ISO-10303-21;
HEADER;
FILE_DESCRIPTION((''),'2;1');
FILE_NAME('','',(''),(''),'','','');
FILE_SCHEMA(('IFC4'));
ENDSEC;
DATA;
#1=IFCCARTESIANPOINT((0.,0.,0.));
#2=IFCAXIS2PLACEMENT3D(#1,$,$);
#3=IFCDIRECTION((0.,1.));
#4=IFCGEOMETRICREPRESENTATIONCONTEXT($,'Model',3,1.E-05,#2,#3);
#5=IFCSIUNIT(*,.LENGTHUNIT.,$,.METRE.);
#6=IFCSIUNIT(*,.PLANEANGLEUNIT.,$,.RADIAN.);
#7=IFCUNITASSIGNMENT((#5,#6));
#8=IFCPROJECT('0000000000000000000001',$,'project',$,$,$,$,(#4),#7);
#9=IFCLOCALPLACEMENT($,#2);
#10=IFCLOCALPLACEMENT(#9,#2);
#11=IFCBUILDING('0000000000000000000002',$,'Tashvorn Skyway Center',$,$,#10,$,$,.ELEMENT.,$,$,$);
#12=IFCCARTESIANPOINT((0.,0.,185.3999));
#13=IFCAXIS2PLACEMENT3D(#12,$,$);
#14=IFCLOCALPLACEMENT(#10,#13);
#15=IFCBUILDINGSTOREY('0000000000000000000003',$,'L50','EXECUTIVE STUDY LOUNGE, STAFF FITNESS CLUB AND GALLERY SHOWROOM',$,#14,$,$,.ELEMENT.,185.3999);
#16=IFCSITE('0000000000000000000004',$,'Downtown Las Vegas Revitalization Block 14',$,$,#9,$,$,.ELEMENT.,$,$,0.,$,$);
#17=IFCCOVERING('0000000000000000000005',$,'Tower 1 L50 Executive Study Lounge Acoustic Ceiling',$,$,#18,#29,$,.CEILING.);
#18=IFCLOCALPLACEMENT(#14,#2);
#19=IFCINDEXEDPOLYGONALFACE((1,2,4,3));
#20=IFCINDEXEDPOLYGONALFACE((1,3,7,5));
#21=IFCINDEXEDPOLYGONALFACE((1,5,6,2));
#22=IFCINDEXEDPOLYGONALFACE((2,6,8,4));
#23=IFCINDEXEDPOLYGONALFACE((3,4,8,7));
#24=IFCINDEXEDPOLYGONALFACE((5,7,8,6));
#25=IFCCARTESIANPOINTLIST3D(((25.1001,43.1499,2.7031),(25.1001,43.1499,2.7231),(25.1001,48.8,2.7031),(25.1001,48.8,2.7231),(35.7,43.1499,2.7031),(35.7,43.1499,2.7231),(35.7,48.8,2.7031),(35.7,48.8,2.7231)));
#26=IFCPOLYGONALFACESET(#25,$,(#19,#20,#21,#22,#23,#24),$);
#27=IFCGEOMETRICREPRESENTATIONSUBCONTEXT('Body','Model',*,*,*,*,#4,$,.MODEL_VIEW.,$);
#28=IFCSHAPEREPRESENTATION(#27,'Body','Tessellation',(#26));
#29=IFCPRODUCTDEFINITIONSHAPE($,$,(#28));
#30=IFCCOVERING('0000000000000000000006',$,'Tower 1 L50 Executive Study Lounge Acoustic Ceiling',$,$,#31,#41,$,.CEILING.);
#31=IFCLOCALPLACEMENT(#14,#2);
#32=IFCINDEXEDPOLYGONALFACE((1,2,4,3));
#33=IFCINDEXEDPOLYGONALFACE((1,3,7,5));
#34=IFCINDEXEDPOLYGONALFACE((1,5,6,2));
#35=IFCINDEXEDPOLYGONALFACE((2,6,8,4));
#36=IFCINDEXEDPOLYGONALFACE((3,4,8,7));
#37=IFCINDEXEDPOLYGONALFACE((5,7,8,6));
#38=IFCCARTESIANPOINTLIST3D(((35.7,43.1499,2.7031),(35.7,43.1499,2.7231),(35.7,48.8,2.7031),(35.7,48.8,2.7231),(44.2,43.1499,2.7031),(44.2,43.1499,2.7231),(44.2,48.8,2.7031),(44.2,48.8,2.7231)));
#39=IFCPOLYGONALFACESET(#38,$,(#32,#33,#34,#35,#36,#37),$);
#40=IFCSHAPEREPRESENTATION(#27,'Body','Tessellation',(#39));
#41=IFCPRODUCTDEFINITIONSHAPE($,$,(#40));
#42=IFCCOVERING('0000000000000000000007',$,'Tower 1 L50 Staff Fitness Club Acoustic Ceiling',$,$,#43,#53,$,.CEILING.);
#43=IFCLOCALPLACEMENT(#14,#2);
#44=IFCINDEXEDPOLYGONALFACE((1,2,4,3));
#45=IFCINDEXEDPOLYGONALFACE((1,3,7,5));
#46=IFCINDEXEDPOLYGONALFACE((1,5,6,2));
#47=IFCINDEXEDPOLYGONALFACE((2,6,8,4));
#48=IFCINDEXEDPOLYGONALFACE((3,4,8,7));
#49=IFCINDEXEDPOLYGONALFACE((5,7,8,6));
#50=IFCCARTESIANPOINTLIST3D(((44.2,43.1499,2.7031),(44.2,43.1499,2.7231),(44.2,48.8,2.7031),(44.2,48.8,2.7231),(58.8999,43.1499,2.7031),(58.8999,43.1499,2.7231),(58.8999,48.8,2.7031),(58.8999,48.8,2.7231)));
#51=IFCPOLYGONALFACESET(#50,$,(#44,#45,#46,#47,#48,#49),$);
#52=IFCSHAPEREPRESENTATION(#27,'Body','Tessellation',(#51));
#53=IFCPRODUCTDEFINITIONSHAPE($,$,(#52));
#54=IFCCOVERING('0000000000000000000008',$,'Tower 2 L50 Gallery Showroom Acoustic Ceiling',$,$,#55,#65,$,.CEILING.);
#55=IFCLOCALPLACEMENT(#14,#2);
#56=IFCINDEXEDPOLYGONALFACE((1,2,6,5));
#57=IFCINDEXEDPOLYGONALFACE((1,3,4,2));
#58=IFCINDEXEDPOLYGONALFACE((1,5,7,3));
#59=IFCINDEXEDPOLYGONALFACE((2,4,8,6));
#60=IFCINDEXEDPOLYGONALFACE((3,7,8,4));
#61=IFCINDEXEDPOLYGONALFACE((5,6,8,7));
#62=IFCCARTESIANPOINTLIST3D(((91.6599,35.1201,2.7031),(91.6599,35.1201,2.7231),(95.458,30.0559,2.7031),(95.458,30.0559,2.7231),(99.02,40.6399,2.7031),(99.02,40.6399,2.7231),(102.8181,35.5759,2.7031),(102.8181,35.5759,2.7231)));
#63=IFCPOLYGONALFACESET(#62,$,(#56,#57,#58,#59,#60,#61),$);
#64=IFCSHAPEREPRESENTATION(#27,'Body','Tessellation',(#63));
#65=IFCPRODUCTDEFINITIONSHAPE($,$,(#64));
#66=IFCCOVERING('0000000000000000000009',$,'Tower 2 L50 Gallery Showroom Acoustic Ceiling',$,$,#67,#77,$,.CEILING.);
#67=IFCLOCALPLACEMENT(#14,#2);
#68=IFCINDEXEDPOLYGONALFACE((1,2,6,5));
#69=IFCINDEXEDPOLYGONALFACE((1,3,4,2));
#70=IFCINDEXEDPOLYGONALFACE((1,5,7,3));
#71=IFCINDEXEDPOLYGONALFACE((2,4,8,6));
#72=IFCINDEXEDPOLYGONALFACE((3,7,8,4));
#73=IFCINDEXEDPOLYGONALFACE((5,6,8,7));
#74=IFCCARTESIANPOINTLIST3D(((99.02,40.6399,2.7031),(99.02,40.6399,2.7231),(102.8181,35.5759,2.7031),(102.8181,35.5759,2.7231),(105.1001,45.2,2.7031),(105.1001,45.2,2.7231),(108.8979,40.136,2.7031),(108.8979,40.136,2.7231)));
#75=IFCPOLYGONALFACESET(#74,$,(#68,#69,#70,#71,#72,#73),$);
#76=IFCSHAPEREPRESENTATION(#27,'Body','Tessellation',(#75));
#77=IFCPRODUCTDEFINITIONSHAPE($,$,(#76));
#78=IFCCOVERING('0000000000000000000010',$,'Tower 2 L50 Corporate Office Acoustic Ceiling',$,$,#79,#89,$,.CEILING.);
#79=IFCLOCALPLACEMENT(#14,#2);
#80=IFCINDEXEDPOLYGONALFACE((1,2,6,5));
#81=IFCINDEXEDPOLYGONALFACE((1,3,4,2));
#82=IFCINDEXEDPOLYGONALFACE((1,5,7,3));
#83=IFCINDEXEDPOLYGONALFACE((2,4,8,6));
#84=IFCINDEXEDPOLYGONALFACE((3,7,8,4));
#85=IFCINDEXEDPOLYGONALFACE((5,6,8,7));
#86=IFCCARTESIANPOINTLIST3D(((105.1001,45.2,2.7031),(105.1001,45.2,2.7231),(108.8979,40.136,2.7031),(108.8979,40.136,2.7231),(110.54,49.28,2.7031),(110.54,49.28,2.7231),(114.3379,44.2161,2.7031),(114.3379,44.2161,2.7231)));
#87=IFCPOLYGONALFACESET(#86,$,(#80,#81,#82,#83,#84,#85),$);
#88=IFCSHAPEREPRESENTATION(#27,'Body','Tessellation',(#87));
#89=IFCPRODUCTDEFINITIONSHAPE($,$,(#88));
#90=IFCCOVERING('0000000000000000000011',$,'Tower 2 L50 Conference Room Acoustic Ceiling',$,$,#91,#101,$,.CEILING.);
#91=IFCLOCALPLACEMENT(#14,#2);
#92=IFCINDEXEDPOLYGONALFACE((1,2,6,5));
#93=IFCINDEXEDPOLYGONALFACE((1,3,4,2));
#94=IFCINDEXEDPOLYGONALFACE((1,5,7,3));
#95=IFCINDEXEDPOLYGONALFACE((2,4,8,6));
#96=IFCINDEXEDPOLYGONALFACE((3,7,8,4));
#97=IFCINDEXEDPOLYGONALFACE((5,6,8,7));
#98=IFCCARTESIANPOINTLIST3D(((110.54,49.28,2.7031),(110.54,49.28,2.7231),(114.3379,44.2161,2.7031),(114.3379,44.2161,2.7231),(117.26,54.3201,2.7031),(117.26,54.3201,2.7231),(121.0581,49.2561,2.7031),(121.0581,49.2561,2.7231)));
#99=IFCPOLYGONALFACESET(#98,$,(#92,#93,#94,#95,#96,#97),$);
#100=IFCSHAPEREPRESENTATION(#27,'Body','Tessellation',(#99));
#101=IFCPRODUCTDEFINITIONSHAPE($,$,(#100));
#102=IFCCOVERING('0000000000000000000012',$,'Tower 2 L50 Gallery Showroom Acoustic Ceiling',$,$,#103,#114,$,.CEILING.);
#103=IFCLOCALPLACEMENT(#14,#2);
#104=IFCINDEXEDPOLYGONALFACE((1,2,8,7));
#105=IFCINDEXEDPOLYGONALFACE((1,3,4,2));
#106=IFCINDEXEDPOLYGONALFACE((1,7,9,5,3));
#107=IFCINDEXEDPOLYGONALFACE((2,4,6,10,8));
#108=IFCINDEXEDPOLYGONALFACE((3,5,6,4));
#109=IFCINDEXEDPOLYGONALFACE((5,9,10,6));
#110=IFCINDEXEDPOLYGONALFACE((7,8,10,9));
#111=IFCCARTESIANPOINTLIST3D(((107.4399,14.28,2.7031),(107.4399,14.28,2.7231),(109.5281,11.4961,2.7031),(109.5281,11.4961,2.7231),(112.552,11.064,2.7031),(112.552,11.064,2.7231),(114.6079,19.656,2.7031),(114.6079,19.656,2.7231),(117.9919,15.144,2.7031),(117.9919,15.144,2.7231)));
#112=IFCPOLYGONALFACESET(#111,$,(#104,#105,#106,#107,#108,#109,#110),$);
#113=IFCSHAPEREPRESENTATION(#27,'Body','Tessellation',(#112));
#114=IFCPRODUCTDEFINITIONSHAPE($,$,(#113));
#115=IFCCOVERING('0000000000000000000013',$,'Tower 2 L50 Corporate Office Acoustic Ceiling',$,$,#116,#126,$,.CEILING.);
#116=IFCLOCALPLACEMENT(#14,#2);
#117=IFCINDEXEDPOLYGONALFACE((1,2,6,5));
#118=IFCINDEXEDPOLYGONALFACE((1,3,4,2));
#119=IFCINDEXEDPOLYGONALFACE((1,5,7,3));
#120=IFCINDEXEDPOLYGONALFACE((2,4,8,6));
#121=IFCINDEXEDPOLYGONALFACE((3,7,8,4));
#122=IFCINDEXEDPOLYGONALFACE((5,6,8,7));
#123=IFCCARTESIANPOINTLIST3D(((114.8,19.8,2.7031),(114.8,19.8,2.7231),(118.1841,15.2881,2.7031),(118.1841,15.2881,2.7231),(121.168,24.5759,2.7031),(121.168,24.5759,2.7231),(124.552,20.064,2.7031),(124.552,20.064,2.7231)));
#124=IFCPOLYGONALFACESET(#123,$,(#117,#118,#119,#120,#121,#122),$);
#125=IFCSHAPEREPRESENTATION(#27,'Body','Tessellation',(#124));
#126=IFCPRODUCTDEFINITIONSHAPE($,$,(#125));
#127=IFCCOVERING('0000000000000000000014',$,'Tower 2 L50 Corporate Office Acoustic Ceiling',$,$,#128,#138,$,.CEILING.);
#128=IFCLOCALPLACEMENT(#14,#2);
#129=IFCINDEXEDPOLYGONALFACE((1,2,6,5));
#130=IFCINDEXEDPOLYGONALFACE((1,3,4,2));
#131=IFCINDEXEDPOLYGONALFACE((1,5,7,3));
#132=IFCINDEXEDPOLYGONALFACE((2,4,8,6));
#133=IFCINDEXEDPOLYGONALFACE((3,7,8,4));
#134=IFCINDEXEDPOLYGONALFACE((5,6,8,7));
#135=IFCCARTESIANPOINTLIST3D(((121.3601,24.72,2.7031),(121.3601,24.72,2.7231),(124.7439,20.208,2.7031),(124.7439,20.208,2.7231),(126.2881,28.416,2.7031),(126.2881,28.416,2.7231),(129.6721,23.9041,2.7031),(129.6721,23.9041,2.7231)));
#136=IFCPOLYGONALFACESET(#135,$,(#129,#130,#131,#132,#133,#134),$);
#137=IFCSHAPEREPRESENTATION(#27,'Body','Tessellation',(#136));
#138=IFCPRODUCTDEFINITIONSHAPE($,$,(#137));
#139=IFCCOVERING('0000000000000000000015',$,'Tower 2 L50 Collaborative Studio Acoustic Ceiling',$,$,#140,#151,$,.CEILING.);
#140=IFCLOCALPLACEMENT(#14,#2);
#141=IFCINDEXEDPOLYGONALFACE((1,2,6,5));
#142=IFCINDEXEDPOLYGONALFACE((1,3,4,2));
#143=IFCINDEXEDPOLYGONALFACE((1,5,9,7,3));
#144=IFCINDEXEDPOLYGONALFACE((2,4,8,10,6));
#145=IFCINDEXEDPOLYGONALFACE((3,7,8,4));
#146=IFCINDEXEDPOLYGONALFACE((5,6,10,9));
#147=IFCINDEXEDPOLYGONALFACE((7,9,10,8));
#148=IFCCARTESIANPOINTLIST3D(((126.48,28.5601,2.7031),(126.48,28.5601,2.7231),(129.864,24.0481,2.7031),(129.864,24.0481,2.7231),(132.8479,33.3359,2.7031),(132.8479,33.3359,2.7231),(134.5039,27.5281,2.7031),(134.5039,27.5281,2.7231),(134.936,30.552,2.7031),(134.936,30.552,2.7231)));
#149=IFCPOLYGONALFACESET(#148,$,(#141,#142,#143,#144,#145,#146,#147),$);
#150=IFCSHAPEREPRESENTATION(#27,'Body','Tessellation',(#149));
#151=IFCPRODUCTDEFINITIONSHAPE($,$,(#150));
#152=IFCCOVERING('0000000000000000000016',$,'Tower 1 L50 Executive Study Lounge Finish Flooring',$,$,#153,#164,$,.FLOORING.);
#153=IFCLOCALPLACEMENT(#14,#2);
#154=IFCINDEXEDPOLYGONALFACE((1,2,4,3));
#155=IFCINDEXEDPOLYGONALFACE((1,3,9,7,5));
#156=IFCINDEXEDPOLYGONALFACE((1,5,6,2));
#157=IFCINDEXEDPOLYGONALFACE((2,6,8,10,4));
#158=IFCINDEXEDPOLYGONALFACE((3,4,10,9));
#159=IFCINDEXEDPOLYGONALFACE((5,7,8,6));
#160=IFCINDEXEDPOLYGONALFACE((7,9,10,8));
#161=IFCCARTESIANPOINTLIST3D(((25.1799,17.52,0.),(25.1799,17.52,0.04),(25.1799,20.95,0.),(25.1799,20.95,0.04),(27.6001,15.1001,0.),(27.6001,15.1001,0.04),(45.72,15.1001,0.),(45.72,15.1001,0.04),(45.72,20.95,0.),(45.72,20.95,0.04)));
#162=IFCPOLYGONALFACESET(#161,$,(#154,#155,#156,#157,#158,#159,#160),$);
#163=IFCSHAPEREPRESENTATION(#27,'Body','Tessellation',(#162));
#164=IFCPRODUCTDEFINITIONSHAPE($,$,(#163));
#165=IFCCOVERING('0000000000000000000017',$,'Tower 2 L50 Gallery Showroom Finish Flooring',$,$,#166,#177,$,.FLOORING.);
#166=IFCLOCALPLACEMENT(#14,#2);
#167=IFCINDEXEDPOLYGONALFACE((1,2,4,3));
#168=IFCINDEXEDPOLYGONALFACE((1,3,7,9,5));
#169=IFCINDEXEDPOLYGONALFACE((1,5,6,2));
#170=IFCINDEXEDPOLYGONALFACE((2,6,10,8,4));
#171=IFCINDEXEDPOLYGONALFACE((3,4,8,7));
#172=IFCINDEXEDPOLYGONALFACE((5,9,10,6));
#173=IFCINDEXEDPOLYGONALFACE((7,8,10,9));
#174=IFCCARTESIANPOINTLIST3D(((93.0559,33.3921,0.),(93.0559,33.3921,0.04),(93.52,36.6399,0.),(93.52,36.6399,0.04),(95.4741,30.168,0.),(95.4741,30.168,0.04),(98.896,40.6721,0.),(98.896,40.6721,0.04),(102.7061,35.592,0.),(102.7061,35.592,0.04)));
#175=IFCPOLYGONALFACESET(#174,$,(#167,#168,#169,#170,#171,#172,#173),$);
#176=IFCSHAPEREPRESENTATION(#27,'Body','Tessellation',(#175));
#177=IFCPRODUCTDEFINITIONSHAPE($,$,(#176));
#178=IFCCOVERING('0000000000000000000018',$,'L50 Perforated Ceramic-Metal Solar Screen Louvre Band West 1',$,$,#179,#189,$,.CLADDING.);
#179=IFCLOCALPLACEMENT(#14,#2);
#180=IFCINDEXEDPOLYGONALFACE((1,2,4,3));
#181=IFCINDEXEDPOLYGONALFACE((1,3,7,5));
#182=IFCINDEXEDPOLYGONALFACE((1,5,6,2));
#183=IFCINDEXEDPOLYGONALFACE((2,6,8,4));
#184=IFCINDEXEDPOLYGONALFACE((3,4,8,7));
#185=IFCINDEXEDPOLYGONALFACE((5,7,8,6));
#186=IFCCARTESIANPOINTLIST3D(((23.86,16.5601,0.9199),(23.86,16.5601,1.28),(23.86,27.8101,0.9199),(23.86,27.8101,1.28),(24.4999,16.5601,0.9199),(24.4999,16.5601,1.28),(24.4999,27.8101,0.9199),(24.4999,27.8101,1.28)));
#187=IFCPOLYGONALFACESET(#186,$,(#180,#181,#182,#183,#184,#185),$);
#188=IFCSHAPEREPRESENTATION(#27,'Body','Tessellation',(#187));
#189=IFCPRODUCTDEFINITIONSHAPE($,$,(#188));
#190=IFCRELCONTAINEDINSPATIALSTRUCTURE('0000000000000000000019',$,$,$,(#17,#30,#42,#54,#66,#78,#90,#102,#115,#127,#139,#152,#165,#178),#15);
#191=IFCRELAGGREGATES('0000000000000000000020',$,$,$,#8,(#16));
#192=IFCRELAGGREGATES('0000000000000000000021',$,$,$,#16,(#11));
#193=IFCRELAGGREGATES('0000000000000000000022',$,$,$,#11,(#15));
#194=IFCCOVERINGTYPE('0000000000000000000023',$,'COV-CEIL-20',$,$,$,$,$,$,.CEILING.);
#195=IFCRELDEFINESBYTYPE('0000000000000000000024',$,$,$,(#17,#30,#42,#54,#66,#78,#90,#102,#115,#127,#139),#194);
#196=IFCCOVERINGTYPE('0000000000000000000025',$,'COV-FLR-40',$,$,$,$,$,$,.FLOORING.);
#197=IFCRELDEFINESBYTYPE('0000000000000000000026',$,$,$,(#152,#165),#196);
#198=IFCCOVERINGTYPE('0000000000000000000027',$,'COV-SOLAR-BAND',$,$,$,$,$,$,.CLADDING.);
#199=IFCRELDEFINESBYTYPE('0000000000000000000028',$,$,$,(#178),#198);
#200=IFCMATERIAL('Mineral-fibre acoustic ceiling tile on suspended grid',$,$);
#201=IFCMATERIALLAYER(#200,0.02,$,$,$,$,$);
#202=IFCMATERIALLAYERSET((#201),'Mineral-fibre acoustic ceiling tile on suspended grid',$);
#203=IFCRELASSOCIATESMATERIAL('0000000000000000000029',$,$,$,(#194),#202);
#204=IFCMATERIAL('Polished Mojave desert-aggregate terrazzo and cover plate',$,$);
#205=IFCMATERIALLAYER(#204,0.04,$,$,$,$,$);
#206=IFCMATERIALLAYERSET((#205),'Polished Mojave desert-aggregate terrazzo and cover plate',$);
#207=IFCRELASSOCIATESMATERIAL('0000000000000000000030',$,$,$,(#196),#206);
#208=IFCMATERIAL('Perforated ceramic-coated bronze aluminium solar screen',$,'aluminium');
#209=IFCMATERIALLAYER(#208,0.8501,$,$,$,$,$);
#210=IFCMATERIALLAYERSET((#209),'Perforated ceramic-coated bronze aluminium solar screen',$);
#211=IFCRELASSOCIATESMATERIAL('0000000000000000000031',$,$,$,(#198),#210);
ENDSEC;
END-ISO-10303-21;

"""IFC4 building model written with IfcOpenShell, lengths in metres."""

from ifc_helpers import new_model, si_unit, direction, frame, origin, origin_2d, place, context, subcontext, project, spatial, polyline, rectangle, outline, extrude, material, layer, layer_set, type_object, element, save


model = new_model("IFC4")

# Units and contexts
model_context = context("Model", 3, precision=1e-05, world=origin(), true_north=direction((0.0, 1.0)))
body_context = subcontext(model_context, "Body", "Model", "MODEL_VIEW")
ifc_project = project(units=[si_unit("LENGTHUNIT", "METRE"), si_unit("PLANEANGLEUNIT", "RADIAN")], contexts=[model_context])

# Site, building, storey
site_placement = place(None, origin())
site = spatial("IfcSite", under=ifc_project, at=site_placement, Name="Downtown Las Vegas Revitalization Block 14", CompositionType="ELEMENT", RefElevation=0.0)
building_placement = place(site_placement, origin())
building = spatial("IfcBuilding", under=site, at=building_placement, Name="Tashvorn Skyway Center", CompositionType="ELEMENT")
storey_placement = place(building_placement, frame((0.0, 0.0, 185.3999)))
storey = spatial("IfcBuildingStorey", under=building, at=storey_placement, Name="L50", Description="EXECUTIVE STUDY LOUNGE, STAFF FITNESS CLUB AND GALLERY SHOWROOM", CompositionType="ELEMENT", Elevation=185.3999)

# Coverings
ifc_material_1 = material(Name="Mineral-fibre acoustic ceiling tile on suspended grid")
ifc_layer_1 = layer(ifc_material_1, 0.02)
ifc_layer_set_1 = layer_set([ifc_layer_1], Name="Mineral-fibre acoustic ceiling tile on suspended grid")
covering_type_1 = type_object("IfcCoveringType", Name="COV-CEIL-20", PredefinedType="CEILING", material=ifc_layer_set_1)
covering_1_placement = place(storey_placement, frame((0.0, 0.0, 2.7031)))
element("IfcCovering", 1, at=covering_1_placement, inside=storey, type_object=covering_type_1, Name="Tower 1 L50 Executive Study Lounge Acoustic Ceiling", PredefinedType="CEILING", context=body_context, shape_type="SweptSolid", body=[
    extrude(outline(polyline([(25.1001, 43.1499), (35.7, 43.1499), (35.7, 48.8), (25.1001, 48.8), (25.1001, 43.1499)])), origin(), (0.0, 0.0, 1.0), 0.02),
])
covering_2_placement = place(storey_placement, frame((0.0, 0.0, 2.7031)))
element("IfcCovering", 2, at=covering_2_placement, inside=storey, type_object=covering_type_1, Name="Tower 1 L50 Executive Study Lounge Acoustic Ceiling", PredefinedType="CEILING", context=body_context, shape_type="SweptSolid", body=[
    extrude(outline(polyline([(35.7, 43.1499), (44.2, 43.1499), (44.2, 48.8), (35.7, 48.8), (35.7, 43.1499)])), origin(), (0.0, 0.0, 1.0), 0.02),
])
covering_3_placement = place(storey_placement, frame((0.0, 0.0, 2.7031)))
element("IfcCovering", 3, at=covering_3_placement, inside=storey, type_object=covering_type_1, Name="Tower 1 L50 Staff Fitness Club Acoustic Ceiling", PredefinedType="CEILING", context=body_context, shape_type="SweptSolid", body=[
    extrude(outline(polyline([(44.2, 43.1499), (58.8999, 43.1499), (58.8999, 48.8), (44.2, 48.8), (44.2, 43.1499)])), origin(), (0.0, 0.0, 1.0), 0.02),
])
covering_4_placement = place(storey_placement, frame((0.0, 0.0, 2.7031)))
element("IfcCovering", 4, at=covering_4_placement, inside=storey, type_object=covering_type_1, Name="Tower 2 L50 Gallery Showroom Acoustic Ceiling", PredefinedType="CEILING", context=body_context, shape_type="SweptSolid", body=[
    extrude(outline(polyline([(95.458, 30.0559), (102.8181, 35.5759), (99.02, 40.6399), (91.6599, 35.1201), (95.458, 30.0559)])), origin(), (0.0, 0.0, 1.0), 0.02),
])
covering_5_placement = place(storey_placement, frame((0.0, 0.0, 2.7031)))
element("IfcCovering", 5, at=covering_5_placement, inside=storey, type_object=covering_type_1, Name="Tower 2 L50 Gallery Showroom Acoustic Ceiling", PredefinedType="CEILING", context=body_context, shape_type="SweptSolid", body=[
    extrude(outline(polyline([(102.8181, 35.5759), (108.8979, 40.136), (105.1001, 45.2), (99.02, 40.6399), (102.8181, 35.5759)])), origin(), (0.0, 0.0, 1.0), 0.02),
])
covering_6_placement = place(storey_placement, frame((0.0, 0.0, 2.7031)))
element("IfcCovering", 6, at=covering_6_placement, inside=storey, type_object=covering_type_1, Name="Tower 2 L50 Corporate Office Acoustic Ceiling", PredefinedType="CEILING", context=body_context, shape_type="SweptSolid", body=[
    extrude(outline(polyline([(108.8979, 40.136), (114.3379, 44.2161), (110.54, 49.28), (105.1001, 45.2), (108.8979, 40.136)])), origin(), (0.0, 0.0, 1.0), 0.02),
])
covering_7_placement = place(storey_placement, frame((0.0, 0.0, 2.7031)))
element("IfcCovering", 7, at=covering_7_placement, inside=storey, type_object=covering_type_1, Name="Tower 2 L50 Conference Room Acoustic Ceiling", PredefinedType="CEILING", context=body_context, shape_type="SweptSolid", body=[
    extrude(outline(polyline([(114.3379, 44.2161), (121.0581, 49.2561), (117.26, 54.3201), (110.54, 49.28), (114.3379, 44.2161)])), origin(), (0.0, 0.0, 1.0), 0.02),
])
covering_8_placement = place(storey_placement, frame((0.0, 0.0, 2.7031)))
element("IfcCovering", 8, at=covering_8_placement, inside=storey, type_object=covering_type_1, Name="Tower 2 L50 Gallery Showroom Acoustic Ceiling", PredefinedType="CEILING", context=body_context, shape_type="SweptSolid", body=[
    extrude(outline(polyline([(107.4399, 14.28), (114.6079, 19.656), (117.9919, 15.144), (112.552, 11.064), (109.5281, 11.4961), (107.4399, 14.28)])), origin(), (0.0, 0.0, 1.0), 0.02),
])
covering_9_placement = place(storey_placement, frame((0.0, 0.0, 2.7031)))
element("IfcCovering", 9, at=covering_9_placement, inside=storey, type_object=covering_type_1, Name="Tower 2 L50 Corporate Office Acoustic Ceiling", PredefinedType="CEILING", context=body_context, shape_type="SweptSolid", body=[
    extrude(outline(polyline([(114.8, 19.8), (121.168, 24.5759), (124.552, 20.064), (118.1841, 15.2881), (114.8, 19.8)])), origin(), (0.0, 0.0, 1.0), 0.02),
])
covering_10_placement = place(storey_placement, frame((0.0, 0.0, 2.7031)))
element("IfcCovering", 10, at=covering_10_placement, inside=storey, type_object=covering_type_1, Name="Tower 2 L50 Corporate Office Acoustic Ceiling", PredefinedType="CEILING", context=body_context, shape_type="SweptSolid", body=[
    extrude(outline(polyline([(121.3601, 24.72), (126.2881, 28.416), (129.6721, 23.9041), (124.7439, 20.208), (121.3601, 24.72)])), origin(), (0.0, 0.0, 1.0), 0.02),
])
covering_11_placement = place(storey_placement, frame((0.0, 0.0, 2.7031)))
element("IfcCovering", 11, at=covering_11_placement, inside=storey, type_object=covering_type_1, Name="Tower 2 L50 Collaborative Studio Acoustic Ceiling", PredefinedType="CEILING", context=body_context, shape_type="SweptSolid", body=[
    extrude(outline(polyline([(129.864, 24.0481), (126.48, 28.5601), (132.8479, 33.3359), (134.936, 30.552), (134.5039, 27.5281), (129.864, 24.0481)])), origin(), (0.0, 0.0, 1.0), 0.02),
])
ifc_material_2 = material(Name="Polished Mojave desert-aggregate terrazzo and cover plate")
ifc_layer_2 = layer(ifc_material_2, 0.04)
ifc_layer_set_2 = layer_set([ifc_layer_2], Name="Polished Mojave desert-aggregate terrazzo and cover plate")
covering_type_2 = type_object("IfcCoveringType", Name="COV-FLR-40", PredefinedType="FLOORING", material=ifc_layer_set_2)
covering_12_placement = place(storey_placement, origin())
element("IfcCovering", 12, at=covering_12_placement, inside=storey, type_object=covering_type_2, Name="Tower 1 L50 Executive Study Lounge Finish Flooring", PredefinedType="FLOORING", context=body_context, shape_type="SweptSolid", body=[
    extrude(outline(polyline([(27.6001, 15.1001), (25.1799, 17.52), (25.1799, 20.95), (45.72, 20.95), (45.72, 15.1001), (27.6001, 15.1001)])), origin(), (0.0, 0.0, 1.0), 0.04),
])
covering_13_placement = place(storey_placement, origin())
element("IfcCovering", 13, at=covering_13_placement, inside=storey, type_object=covering_type_2, Name="Tower 2 L50 Gallery Showroom Finish Flooring", PredefinedType="FLOORING", context=body_context, shape_type="SweptSolid", body=[
    extrude(outline(polyline([(102.7061, 35.592), (95.4741, 30.168), (93.0559, 33.3921), (93.52, 36.6399), (98.896, 40.6721), (102.7061, 35.592)])), origin(), (0.0, 0.0, 1.0), 0.04),
])
ifc_material_3 = material(Name="Perforated ceramic-coated bronze aluminium solar screen", Category="aluminium")
ifc_layer_3 = layer(ifc_material_3, 0.8501)
ifc_layer_set_3 = layer_set([ifc_layer_3], Name="Perforated ceramic-coated bronze aluminium solar screen")
covering_type_3 = type_object("IfcCoveringType", Name="COV-SOLAR-BAND", PredefinedType="CLADDING", material=ifc_layer_set_3)
for number, where, z_axis, x_axis, name in (
    (14, (24.1799, 22.1851, 0.9199), (0.0, 0.0, 1.0), (0.0, 1.0, 0.0), "L50 Perforated Ceramic-Metal Solar Screen Louvre Band West 1"),
):
    element("IfcCovering", number, at=place(storey_placement, frame(where, z_axis=z_axis, x_axis=x_axis)), inside=storey, type_object=covering_type_3, Name=name, PredefinedType="CLADDING", context=body_context, shape_type="SweptSolid", body=[
        extrude(rectangle(XDim=11.25, YDim=0.6399, at=origin_2d()), origin(), (0.0, 0.0, 1.0), 0.3601),
    ])

save(model, "model.ifc")
